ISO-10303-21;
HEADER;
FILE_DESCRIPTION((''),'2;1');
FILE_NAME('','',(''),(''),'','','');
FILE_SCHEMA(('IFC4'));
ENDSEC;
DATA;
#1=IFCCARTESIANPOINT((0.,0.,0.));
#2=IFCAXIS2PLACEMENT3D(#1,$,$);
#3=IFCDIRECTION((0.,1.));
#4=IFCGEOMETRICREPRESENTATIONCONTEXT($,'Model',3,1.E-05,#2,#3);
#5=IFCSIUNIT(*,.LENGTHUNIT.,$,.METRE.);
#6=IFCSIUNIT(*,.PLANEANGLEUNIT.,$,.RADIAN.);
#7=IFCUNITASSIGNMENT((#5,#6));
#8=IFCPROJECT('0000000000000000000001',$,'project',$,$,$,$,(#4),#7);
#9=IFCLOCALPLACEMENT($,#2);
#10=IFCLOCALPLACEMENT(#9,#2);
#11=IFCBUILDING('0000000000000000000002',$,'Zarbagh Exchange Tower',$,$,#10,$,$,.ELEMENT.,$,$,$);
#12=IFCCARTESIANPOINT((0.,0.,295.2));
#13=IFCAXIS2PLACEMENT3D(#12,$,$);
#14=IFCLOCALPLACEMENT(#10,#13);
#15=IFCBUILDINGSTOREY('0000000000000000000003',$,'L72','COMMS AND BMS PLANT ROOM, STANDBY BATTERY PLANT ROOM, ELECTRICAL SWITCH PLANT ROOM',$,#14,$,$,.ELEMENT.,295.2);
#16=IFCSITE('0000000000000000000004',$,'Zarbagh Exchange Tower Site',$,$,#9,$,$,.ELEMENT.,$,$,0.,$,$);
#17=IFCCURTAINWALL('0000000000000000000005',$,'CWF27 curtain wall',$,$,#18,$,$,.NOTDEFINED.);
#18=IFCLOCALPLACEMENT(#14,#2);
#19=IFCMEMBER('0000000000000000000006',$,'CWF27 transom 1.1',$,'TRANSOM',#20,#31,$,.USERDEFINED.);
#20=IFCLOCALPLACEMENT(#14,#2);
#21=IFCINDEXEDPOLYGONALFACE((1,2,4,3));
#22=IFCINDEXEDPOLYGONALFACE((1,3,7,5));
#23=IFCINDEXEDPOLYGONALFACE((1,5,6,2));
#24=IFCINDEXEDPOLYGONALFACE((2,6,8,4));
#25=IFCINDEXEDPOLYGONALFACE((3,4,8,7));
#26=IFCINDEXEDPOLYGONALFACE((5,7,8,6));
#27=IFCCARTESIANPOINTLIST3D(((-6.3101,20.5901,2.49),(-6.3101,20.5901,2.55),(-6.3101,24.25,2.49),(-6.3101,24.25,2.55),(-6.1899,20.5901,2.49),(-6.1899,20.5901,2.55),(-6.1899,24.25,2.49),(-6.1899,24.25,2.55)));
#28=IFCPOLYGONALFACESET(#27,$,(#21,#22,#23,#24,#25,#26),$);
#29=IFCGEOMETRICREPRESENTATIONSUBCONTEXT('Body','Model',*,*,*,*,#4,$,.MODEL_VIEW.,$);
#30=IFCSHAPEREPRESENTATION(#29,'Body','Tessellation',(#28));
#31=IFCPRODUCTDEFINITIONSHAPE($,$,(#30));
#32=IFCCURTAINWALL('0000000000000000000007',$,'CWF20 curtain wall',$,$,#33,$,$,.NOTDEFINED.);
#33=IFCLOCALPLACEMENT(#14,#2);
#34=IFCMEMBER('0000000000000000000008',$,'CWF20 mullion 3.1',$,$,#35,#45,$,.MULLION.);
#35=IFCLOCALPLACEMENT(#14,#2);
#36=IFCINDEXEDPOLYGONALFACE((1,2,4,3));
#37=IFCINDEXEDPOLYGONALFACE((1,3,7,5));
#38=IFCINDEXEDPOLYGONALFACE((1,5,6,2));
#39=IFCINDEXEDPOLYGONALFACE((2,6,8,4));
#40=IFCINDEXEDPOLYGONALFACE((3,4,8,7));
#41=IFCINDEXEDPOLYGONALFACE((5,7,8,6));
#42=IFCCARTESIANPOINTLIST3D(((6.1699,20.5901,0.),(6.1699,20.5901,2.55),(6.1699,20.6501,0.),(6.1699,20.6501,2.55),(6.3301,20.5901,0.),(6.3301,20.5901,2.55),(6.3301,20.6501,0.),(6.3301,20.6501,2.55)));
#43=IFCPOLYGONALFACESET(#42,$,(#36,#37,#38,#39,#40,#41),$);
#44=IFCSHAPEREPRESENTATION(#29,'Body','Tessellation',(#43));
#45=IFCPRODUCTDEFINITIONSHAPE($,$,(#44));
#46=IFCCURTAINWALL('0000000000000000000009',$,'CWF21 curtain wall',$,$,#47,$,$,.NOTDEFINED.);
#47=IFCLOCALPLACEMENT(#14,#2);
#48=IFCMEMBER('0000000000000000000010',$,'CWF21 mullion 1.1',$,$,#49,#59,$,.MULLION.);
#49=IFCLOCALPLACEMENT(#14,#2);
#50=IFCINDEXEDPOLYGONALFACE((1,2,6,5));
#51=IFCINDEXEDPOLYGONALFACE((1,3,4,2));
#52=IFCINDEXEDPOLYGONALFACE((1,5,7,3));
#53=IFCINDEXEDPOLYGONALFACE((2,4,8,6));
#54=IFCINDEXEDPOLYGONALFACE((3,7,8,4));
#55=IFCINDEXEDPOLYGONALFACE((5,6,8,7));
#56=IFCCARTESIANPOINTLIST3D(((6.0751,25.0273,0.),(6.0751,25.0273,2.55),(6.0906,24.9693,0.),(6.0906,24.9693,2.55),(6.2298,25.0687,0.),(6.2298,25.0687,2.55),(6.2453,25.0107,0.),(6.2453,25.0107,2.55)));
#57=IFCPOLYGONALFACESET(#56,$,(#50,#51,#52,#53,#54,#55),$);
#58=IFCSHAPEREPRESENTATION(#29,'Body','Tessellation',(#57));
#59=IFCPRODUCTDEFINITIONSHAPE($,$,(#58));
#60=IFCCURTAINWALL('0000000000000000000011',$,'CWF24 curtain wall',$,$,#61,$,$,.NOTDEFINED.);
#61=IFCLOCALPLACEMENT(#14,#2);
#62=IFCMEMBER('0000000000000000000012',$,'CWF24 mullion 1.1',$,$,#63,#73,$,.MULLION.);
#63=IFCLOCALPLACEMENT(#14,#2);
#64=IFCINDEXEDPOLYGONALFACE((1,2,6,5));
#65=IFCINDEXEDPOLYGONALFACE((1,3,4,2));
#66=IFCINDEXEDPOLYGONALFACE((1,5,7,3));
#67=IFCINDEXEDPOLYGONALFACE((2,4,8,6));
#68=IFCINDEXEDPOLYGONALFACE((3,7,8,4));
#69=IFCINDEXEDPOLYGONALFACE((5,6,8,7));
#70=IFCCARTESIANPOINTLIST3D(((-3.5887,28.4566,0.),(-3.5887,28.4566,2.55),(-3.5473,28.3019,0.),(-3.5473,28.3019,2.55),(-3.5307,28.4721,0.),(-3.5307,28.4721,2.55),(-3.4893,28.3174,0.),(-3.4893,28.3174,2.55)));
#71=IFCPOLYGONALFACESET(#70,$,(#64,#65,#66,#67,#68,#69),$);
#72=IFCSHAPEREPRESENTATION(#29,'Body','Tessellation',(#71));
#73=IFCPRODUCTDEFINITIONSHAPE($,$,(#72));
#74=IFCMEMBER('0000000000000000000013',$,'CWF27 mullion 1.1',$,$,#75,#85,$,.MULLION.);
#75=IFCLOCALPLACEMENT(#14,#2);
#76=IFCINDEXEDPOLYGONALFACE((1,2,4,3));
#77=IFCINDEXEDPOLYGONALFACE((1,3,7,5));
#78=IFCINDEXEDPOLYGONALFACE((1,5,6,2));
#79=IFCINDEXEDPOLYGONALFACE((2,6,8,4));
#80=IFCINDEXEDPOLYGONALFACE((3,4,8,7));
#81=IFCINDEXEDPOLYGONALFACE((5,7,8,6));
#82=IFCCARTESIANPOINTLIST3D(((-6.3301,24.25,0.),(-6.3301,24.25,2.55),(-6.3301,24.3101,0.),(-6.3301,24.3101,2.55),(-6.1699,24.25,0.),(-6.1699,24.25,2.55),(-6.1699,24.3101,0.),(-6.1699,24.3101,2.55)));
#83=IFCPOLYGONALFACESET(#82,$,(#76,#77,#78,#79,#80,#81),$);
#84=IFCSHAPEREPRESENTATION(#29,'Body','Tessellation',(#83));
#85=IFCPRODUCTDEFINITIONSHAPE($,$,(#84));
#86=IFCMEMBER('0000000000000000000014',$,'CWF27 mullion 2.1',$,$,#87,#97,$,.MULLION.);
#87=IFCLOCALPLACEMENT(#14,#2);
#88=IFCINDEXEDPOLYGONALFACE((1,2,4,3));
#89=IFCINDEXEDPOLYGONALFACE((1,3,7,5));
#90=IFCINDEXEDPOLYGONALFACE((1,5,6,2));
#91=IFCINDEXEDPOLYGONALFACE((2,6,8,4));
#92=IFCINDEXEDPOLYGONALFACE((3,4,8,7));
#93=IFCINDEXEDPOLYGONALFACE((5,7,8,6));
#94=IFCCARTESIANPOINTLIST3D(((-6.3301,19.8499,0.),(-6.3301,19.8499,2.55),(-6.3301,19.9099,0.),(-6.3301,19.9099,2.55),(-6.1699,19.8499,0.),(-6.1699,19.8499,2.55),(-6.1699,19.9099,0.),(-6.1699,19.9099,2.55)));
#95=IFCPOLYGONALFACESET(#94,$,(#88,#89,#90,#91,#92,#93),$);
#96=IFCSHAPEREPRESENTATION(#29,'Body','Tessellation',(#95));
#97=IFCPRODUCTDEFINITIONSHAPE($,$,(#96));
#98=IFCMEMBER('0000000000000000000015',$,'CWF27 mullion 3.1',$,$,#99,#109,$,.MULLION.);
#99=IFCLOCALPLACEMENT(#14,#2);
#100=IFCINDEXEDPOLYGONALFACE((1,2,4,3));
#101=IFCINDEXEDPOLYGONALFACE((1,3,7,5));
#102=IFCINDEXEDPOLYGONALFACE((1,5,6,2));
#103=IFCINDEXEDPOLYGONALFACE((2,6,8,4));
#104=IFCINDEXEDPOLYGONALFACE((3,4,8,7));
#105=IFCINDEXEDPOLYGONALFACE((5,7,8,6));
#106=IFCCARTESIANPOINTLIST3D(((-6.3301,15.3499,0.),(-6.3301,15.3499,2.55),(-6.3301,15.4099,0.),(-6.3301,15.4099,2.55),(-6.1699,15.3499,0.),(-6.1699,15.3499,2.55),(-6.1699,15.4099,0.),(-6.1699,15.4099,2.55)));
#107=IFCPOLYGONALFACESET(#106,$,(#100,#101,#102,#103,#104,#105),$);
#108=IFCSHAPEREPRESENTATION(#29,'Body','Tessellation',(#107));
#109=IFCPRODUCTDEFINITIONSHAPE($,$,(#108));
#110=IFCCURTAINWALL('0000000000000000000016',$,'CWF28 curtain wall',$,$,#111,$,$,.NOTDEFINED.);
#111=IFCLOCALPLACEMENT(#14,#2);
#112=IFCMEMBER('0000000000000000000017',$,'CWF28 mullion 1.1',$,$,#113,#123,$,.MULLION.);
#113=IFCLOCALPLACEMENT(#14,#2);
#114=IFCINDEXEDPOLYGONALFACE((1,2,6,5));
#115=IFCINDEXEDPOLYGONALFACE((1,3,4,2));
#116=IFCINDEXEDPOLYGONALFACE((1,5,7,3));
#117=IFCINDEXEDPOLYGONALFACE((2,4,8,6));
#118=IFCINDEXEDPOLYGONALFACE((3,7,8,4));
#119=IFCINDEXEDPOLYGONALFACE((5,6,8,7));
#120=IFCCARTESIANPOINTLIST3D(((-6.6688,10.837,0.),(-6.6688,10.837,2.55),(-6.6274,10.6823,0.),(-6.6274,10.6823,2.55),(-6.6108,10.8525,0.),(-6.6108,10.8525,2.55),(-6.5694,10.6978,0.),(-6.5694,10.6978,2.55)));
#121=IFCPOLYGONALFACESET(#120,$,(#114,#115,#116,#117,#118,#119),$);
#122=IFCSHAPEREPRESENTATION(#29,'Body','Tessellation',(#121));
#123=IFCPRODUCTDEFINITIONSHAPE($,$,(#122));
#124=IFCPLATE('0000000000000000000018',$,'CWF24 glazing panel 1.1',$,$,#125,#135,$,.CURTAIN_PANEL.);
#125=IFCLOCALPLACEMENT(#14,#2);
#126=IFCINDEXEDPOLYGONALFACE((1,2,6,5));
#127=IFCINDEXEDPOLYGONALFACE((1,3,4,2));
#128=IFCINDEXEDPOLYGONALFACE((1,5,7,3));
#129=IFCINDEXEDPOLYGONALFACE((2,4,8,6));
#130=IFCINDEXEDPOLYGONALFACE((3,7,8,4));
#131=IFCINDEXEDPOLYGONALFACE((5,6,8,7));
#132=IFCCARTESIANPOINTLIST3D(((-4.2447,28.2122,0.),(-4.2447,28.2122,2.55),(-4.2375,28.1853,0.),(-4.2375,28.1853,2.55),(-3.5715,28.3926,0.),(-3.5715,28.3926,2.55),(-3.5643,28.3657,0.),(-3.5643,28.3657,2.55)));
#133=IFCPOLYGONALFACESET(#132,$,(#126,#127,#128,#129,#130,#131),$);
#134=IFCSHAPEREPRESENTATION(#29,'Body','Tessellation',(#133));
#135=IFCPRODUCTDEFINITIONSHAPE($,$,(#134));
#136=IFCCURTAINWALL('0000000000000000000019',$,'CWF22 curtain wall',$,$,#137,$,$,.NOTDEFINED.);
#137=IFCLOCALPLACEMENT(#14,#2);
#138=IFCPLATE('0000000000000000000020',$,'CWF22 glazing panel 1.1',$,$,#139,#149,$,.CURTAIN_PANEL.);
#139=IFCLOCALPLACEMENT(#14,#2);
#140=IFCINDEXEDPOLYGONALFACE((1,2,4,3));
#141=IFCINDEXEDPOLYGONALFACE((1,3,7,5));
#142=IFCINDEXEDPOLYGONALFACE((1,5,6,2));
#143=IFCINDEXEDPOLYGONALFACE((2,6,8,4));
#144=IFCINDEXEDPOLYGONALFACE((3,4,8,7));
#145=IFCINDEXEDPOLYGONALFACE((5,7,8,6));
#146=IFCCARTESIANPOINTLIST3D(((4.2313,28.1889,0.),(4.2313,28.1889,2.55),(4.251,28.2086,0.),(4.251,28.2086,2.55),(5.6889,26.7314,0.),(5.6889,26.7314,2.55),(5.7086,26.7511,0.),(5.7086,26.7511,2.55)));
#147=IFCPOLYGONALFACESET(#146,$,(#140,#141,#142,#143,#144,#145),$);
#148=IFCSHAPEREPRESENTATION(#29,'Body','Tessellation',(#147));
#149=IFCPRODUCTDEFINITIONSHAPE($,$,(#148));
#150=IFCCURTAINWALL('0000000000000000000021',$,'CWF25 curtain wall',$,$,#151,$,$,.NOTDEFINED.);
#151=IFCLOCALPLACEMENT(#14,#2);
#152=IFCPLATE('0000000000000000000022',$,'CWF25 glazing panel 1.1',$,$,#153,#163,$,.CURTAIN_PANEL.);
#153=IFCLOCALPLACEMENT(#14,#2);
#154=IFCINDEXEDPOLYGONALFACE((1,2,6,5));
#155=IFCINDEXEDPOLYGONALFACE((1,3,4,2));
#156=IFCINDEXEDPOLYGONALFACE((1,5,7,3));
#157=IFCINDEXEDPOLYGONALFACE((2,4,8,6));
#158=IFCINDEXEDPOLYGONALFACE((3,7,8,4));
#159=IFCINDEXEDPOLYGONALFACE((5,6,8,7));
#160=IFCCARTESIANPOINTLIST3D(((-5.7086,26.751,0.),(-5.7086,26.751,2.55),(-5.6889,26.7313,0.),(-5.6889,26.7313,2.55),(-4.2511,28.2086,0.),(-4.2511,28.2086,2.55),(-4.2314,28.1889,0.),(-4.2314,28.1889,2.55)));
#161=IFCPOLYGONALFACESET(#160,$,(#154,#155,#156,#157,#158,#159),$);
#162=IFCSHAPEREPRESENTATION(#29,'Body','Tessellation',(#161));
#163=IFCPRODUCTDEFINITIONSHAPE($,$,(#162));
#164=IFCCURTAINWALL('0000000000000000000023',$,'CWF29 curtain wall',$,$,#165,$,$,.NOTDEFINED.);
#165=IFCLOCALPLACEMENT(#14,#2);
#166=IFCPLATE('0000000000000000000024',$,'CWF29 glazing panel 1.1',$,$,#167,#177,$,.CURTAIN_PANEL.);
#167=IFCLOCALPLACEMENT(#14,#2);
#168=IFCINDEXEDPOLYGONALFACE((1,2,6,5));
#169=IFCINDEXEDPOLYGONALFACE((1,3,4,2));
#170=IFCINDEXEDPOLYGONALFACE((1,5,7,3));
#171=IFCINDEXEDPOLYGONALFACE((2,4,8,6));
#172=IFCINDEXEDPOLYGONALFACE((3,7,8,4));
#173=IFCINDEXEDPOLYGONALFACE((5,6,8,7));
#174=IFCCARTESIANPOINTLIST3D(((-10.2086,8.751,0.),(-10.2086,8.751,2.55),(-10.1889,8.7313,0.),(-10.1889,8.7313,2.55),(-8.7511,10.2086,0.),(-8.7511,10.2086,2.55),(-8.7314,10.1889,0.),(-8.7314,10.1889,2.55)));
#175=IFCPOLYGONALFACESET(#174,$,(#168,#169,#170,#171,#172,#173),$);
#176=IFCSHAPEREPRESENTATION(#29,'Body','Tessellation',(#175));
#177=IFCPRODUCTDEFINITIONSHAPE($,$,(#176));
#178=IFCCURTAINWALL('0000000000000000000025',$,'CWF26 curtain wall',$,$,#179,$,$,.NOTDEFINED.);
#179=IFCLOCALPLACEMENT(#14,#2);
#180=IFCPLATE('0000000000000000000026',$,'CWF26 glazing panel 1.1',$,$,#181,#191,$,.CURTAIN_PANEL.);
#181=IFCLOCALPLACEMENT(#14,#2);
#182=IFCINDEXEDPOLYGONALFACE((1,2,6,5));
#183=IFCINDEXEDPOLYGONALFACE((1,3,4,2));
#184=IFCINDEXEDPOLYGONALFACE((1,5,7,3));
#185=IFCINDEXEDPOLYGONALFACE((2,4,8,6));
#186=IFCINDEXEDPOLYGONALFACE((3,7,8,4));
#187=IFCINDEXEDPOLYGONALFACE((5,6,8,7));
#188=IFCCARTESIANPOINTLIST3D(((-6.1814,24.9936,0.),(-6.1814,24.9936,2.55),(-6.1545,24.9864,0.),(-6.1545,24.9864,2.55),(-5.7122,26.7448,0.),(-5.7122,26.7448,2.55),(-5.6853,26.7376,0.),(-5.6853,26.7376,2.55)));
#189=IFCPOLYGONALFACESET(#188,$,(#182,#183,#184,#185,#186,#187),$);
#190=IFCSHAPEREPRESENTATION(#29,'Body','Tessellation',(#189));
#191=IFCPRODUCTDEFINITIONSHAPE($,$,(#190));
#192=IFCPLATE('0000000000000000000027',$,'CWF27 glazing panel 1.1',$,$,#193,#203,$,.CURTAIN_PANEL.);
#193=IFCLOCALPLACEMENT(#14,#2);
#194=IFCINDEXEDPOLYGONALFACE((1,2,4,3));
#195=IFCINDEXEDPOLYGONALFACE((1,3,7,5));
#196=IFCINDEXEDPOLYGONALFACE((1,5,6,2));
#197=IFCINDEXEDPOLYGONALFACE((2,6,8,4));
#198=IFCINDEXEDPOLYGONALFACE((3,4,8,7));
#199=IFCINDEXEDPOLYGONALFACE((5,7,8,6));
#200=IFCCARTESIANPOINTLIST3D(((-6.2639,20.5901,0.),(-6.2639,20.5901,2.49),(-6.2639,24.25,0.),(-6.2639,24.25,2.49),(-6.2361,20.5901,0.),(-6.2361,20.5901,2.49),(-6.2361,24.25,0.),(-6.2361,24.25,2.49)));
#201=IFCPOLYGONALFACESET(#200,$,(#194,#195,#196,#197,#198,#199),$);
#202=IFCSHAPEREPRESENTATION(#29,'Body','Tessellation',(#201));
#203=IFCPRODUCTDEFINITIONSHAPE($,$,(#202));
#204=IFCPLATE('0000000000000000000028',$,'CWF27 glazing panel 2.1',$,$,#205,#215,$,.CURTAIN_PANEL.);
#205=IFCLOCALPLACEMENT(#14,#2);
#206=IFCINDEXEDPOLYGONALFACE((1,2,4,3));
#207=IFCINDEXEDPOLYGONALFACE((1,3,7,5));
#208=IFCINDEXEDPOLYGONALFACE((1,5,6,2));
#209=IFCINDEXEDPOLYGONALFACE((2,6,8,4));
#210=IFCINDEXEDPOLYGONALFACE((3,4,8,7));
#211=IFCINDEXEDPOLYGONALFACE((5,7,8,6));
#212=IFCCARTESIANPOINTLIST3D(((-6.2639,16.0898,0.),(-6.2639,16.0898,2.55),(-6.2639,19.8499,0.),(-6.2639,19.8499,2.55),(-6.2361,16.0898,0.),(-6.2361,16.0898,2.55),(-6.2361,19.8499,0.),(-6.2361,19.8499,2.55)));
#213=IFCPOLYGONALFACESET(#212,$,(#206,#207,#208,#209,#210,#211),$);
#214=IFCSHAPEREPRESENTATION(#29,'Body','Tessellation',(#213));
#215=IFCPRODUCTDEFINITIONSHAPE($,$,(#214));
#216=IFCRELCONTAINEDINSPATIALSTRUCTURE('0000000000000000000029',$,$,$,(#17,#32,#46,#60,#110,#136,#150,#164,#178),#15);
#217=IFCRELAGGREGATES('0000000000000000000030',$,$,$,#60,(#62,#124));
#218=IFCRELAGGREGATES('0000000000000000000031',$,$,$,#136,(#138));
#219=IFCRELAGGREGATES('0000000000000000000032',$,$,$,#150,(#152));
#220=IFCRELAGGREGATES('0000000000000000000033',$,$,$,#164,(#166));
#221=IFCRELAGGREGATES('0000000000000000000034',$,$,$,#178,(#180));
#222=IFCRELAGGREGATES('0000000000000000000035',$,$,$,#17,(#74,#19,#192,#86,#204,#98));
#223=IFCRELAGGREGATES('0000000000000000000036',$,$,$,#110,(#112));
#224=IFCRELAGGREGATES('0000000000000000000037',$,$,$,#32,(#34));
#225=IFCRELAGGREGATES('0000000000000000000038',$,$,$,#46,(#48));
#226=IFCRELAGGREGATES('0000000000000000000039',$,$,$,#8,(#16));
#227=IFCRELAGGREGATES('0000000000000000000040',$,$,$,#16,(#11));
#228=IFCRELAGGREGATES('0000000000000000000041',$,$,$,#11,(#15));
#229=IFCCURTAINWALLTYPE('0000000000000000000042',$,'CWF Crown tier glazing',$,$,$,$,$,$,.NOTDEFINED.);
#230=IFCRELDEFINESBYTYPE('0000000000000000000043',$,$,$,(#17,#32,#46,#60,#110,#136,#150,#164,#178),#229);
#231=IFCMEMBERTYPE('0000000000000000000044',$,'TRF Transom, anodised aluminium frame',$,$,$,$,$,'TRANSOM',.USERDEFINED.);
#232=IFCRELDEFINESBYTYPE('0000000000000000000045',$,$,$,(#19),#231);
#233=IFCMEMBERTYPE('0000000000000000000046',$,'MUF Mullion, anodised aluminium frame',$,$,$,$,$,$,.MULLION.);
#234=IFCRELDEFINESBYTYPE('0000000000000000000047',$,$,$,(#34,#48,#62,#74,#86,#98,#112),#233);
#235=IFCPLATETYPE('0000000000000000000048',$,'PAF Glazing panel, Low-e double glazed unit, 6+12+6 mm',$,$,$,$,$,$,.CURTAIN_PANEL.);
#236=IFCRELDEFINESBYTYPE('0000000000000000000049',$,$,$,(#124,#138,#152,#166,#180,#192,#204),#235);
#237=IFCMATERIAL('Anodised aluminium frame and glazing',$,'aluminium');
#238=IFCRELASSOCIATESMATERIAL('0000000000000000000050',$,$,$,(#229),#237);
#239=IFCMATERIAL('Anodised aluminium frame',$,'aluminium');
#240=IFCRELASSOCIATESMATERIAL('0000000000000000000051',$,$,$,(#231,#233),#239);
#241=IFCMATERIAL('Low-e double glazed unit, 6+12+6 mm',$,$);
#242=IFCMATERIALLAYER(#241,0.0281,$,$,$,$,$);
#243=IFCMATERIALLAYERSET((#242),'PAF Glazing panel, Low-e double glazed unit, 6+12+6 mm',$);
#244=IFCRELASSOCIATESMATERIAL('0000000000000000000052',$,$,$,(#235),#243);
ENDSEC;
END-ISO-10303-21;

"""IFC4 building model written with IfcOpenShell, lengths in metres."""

from ifc_helpers import new_model, si_unit, direction, frame, origin, place, context, subcontext, project, spatial, polyline, outline, extrude, source, transform, mapped, material, layer, layer_set, type_object, element, aggregate, save


model = new_model("IFC4")

# Units and contexts
model_context = context("Model", 3, precision=1e-05, world=origin(), true_north=direction((0.0, 1.0)))
body_context = subcontext(model_context, "Body", "Model", "MODEL_VIEW")
ifc_project = project(units=[si_unit("LENGTHUNIT", "METRE"), si_unit("PLANEANGLEUNIT", "RADIAN")], contexts=[model_context])

# Site, building, storey
site_placement = place(None, origin())
site = spatial("IfcSite", under=ifc_project, at=site_placement, Name="Zarbagh Exchange Tower Site", CompositionType="ELEMENT", RefElevation=0.0)
building_placement = place(site_placement, origin())
building = spatial("IfcBuilding", under=site, at=building_placement, Name="Zarbagh Exchange Tower", CompositionType="ELEMENT")
storey_placement = place(building_placement, frame((0.0, 0.0, 295.2)))
storey = spatial("IfcBuildingStorey", under=building, at=storey_placement, Name="L72", Description="COMMS AND BMS PLANT ROOM, STANDBY BATTERY PLANT ROOM, ELECTRICAL SWITCH PLANT ROOM", CompositionType="ELEMENT", Elevation=295.2)

# Curtain walls, members
ifc_material_1 = material(Name="Anodised aluminium frame and glazing", Category="aluminium")
curtain_wall_type = type_object("IfcCurtainWallType", Name="CWF Crown tier glazing", PredefinedType="NOTDEFINED", material=ifc_material_1)
curtain_wall_1_placement = place(storey_placement, origin())
curtain_wall_1 = element("IfcCurtainWall", 1, at=curtain_wall_1_placement, inside=storey, type_object=curtain_wall_type, Name="CWF27 curtain wall", PredefinedType="NOTDEFINED")
ifc_material_2 = material(Name="Anodised aluminium frame", Category="aluminium")
member_type_1 = type_object("IfcMemberType", Name="TRF Transom, anodised aluminium frame", ElementType="TRANSOM", PredefinedType="USERDEFINED", material=ifc_material_2)
shared_shape_1 = source(origin(), body_context, "Body", "SweptSolid", [
    extrude(outline(polyline([(-0.0601, -0.0601), (0.0, -0.0601), (0.0, 0.0601), (-0.0601, 0.0601), (-0.0601, -0.0601)])), origin(), (0.0, 0.0, 1.0), 3.6599),
])
placement = place(storey_placement, origin())
member_1 = element("IfcMember", 2, at=placement, type_object=member_type_1, Name="CWF27 transom 1.1", ObjectType="TRANSOM", PredefinedType="USERDEFINED", context=body_context, shape_type="MappedRepresentation", body=[
    mapped(shared_shape_1, transform((-6.25, 24.25, 2.55), x_axis=(0.0, 0.0, 1.0), y_axis=(-1.0, 0.0, 0.0), z_axis=(0.0, -1.0, 0.0))),
])
curtain_wall_2_placement = place(storey_placement, origin())
curtain_wall_2 = element("IfcCurtainWall", 3, at=curtain_wall_2_placement, inside=storey, type_object=curtain_wall_type, Name="CWF20 curtain wall", PredefinedType="NOTDEFINED")
member_type_2 = type_object("IfcMemberType", Name="MUF Mullion, anodised aluminium frame", PredefinedType="MULLION", material=ifc_material_2)
shared_shape_2 = source(origin(), body_context, "Body", "SweptSolid", [
    extrude(outline(polyline([(0.0, -0.0801), (0.0601, -0.0801), (0.0601, 0.0801), (0.0, 0.0801), (0.0, -0.0801)])), origin(), (0.0, 0.0, 1.0), 2.55),
])
member_2 = element("IfcMember", 4, at=placement, type_object=member_type_2, Name="CWF20 mullion 3.1", PredefinedType="MULLION", context=body_context, shape_type="MappedRepresentation", body=[
    mapped(shared_shape_2, transform((6.25, 20.5901, 0.0), x_axis=(0.0, 1.0, 0.0), y_axis=(-1.0, 0.0, 0.0), z_axis=(0.0, 0.0, 1.0))),
])
curtain_wall_3_placement = place(storey_placement, origin())
curtain_wall_3 = element("IfcCurtainWall", 5, at=curtain_wall_3_placement, inside=storey, type_object=curtain_wall_type, Name="CWF21 curtain wall", PredefinedType="NOTDEFINED")
member_3 = element("IfcMember", 6, at=placement, type_object=member_type_2, Name="CWF21 mullion 1.1", PredefinedType="MULLION", context=body_context, shape_type="MappedRepresentation", body=[
    mapped(shared_shape_2, transform((6.168, 24.99, 0.0), x_axis=(-0.258825, 0.965924, 0.0), y_axis=(-0.965924, -0.258825, 0.0), z_axis=(0.0, 0.0, 1.0))),
])
curtain_wall_4_placement = place(storey_placement, origin())
curtain_wall_4 = element("IfcCurtainWall", 7, at=curtain_wall_4_placement, inside=storey, type_object=curtain_wall_type, Name="CWF24 curtain wall", PredefinedType="NOTDEFINED")
member_4 = element("IfcMember", 8, at=placement, type_object=member_type_2, Name="CWF24 mullion 1.1", PredefinedType="MULLION", context=body_context, shape_type="MappedRepresentation", body=[
    mapped(shared_shape_2, transform((-3.51, 28.3948, 0.0), x_axis=(-0.965924, -0.258825, 0.0), y_axis=(0.258825, -0.965924, 0.0), z_axis=(0.0, 0.0, 1.0))),
])

# Members
member_5 = element("IfcMember", 9, at=placement, type_object=member_type_2, Name="CWF27 mullion 1.1", PredefinedType="MULLION", context=body_context, shape_type="MappedRepresentation", body=[
    mapped(shared_shape_2, transform((-6.25, 24.3101, 0.0), x_axis=(0.0, -1.0, 0.0), y_axis=(1.0, 0.0, 0.0), z_axis=(0.0, 0.0, 1.0))),
])
member_6 = element("IfcMember", 10, at=placement, type_object=member_type_2, Name="CWF27 mullion 2.1", PredefinedType="MULLION", context=body_context, shape_type="MappedRepresentation", body=[
    mapped(shared_shape_2, transform((-6.25, 19.9099, 0.0), x_axis=(0.0, -1.0, 0.0), y_axis=(1.0, 0.0, 0.0), z_axis=(0.0, 0.0, 1.0))),
])
member_7 = element("IfcMember", 11, at=placement, type_object=member_type_2, Name="CWF27 mullion 3.1", PredefinedType="MULLION", context=body_context, shape_type="MappedRepresentation", body=[
    mapped(shared_shape_2, transform((-6.25, 15.4099, 0.0), x_axis=(0.0, -1.0, 0.0), y_axis=(1.0, 0.0, 0.0), z_axis=(0.0, 0.0, 1.0))),
])

# Curtain wall, member
curtain_wall_5_placement = place(storey_placement, origin())
curtain_wall_5 = element("IfcCurtainWall", 12, at=curtain_wall_5_placement, inside=storey, type_object=curtain_wall_type, Name="CWF28 curtain wall", PredefinedType="NOTDEFINED")
member_8 = element("IfcMember", 13, at=placement, type_object=member_type_2, Name="CWF28 mullion 1.1", PredefinedType="MULLION", context=body_context, shape_type="MappedRepresentation", body=[
    mapped(shared_shape_2, transform((-6.5901, 10.7751, 0.0), x_axis=(-0.965924, -0.258825, 0.0), y_axis=(0.258825, -0.965924, 0.0), z_axis=(0.0, 0.0, 1.0))),
])

# Plate
ifc_material_3 = material(Name="Low-e double glazed unit, 6+12+6 mm")
ifc_layer = layer(ifc_material_3, 0.0281)
ifc_layer_set = layer_set([ifc_layer], Name="PAF Glazing panel, Low-e double glazed unit, 6+12+6 mm")
plate_type = type_object("IfcPlateType", Name="PAF Glazing panel, Low-e double glazed unit, 6+12+6 mm", PredefinedType="CURTAIN_PANEL", material=ifc_layer_set)
shared_shape_3 = source(origin(), body_context, "Body", "SweptSolid", [
    extrude(outline(polyline([(0.0, -0.0139), (0.697, -0.0139), (0.697, 0.0139), (0.0, 0.0139), (0.0, -0.0139)])), origin(), (0.0, 0.0, 1.0), 2.55),
])
plate_1 = element("IfcPlate", 14, at=placement, type_object=plate_type, Name="CWF24 glazing panel 1.1", PredefinedType="CURTAIN_PANEL", context=body_context, shape_type="MappedRepresentation", body=[
    mapped(shared_shape_3, transform((-3.5679, 28.3792, 0.0), x_axis=(-0.965924, -0.258825, 0.0), y_axis=(0.258825, -0.965924, 0.0), z_axis=(0.0, 0.0, 1.0))),
])
aggregate(curtain_wall_4, [member_4, plate_1])

# Curtain walls, plates
curtain_wall_6_placement = place(storey_placement, origin())
curtain_wall_6 = element("IfcCurtainWall", 15, at=curtain_wall_6_placement, inside=storey, type_object=curtain_wall_type, Name="CWF22 curtain wall", PredefinedType="NOTDEFINED")
shared_shape_4 = source(origin(), body_context, "Body", "SweptSolid", [
    extrude(outline(polyline([(0.0, -0.0139), (2.0613, -0.0139), (2.0613, 0.0139), (0.0, 0.0139), (0.0, -0.0139)])), origin(), (0.0, 0.0, 1.0), 2.55),
])
plate_2 = element("IfcPlate", 16, at=placement, type_object=plate_type, Name="CWF22 glazing panel 1.1", PredefinedType="CURTAIN_PANEL", context=body_context, shape_type="MappedRepresentation", body=[
    mapped(shared_shape_4, transform((5.6987, 26.7412, 0.0), x_axis=(-0.707107, 0.707107, 0.0), y_axis=(-0.707107, -0.707107, 0.0), z_axis=(0.0, 0.0, 1.0))),
])
aggregate(curtain_wall_6, [plate_2])
curtain_wall_7_placement = place(storey_placement, origin())
curtain_wall_7 = element("IfcCurtainWall", 17, at=curtain_wall_7_placement, inside=storey, type_object=curtain_wall_type, Name="CWF25 curtain wall", PredefinedType="NOTDEFINED")
plate_3 = element("IfcPlate", 18, at=placement, type_object=plate_type, Name="CWF25 glazing panel 1.1", PredefinedType="CURTAIN_PANEL", context=body_context, shape_type="MappedRepresentation", body=[
    mapped(shared_shape_4, transform((-4.2412, 28.1987, 0.0), x_axis=(-0.707107, -0.707107, 0.0), y_axis=(0.707107, -0.707107, 0.0), z_axis=(0.0, 0.0, 1.0))),
])
aggregate(curtain_wall_7, [plate_3])
curtain_wall_8_placement = place(storey_placement, origin())
curtain_wall_8 = element("IfcCurtainWall", 19, at=curtain_wall_8_placement, inside=storey, type_object=curtain_wall_type, Name="CWF29 curtain wall", PredefinedType="NOTDEFINED")
plate_4 = element("IfcPlate", 20, at=placement, type_object=plate_type, Name="CWF29 glazing panel 1.1", PredefinedType="CURTAIN_PANEL", context=body_context, shape_type="MappedRepresentation", body=[
    mapped(shared_shape_4, transform((-8.7412, 10.1987, 0.0), x_axis=(-0.707107, -0.707107, 0.0), y_axis=(0.707107, -0.707107, 0.0), z_axis=(0.0, 0.0, 1.0))),
])
aggregate(curtain_wall_8, [plate_4])
curtain_wall_9_placement = place(storey_placement, origin())
curtain_wall_9 = element("IfcCurtainWall", 21, at=curtain_wall_9_placement, inside=storey, type_object=curtain_wall_type, Name="CWF26 curtain wall", PredefinedType="NOTDEFINED")
shared_shape_5 = source(origin(), body_context, "Body", "SweptSolid", [
    extrude(outline(polyline([(0.0, -0.0139), (1.813, -0.0139), (1.813, 0.0139), (0.0, 0.0139), (0.0, -0.0139)])), origin(), (0.0, 0.0, 1.0), 2.55),
])
plate_5 = element("IfcPlate", 22, at=placement, type_object=plate_type, Name="CWF26 glazing panel 1.1", PredefinedType="CURTAIN_PANEL", context=body_context, shape_type="MappedRepresentation", body=[
    mapped(shared_shape_5, transform((-5.6987, 26.7412, 0.0), x_axis=(-0.258825, -0.965924, 0.0), y_axis=(0.965924, -0.258825, 0.0), z_axis=(0.0, 0.0, 1.0))),
])
aggregate(curtain_wall_9, [plate_5])

# Plates
shared_shape_6 = source(origin(), body_context, "Body", "SweptSolid", [
    extrude(outline(polyline([(0.0, -0.0139), (3.6599, -0.0139), (3.6599, 0.0139), (0.0, 0.0139), (0.0, -0.0139)])), origin(), (0.0, 0.0, 1.0), 2.49),
])
plate_6 = element("IfcPlate", 23, at=placement, type_object=plate_type, Name="CWF27 glazing panel 1.1", PredefinedType="CURTAIN_PANEL", context=body_context, shape_type="MappedRepresentation", body=[
    mapped(shared_shape_6, transform((-6.25, 24.25, 0.0), x_axis=(0.0, -1.0, 0.0), y_axis=(1.0, 0.0, 0.0), z_axis=(0.0, 0.0, 1.0))),
])
shared_shape_7 = source(origin(), body_context, "Body", "SweptSolid", [
    extrude(outline(polyline([(0.0, -0.0139), (3.76, -0.0139), (3.76, 0.0139), (0.0, 0.0139), (0.0, -0.0139)])), origin(), (0.0, 0.0, 1.0), 2.55),
])
plate_7 = element("IfcPlate", 24, at=placement, type_object=plate_type, Name="CWF27 glazing panel 2.1", PredefinedType="CURTAIN_PANEL", context=body_context, shape_type="MappedRepresentation", body=[
    mapped(shared_shape_7, transform((-6.25, 19.8499, 0.0), x_axis=(0.0, -1.0, 0.0), y_axis=(1.0, 0.0, 0.0), z_axis=(0.0, 0.0, 1.0))),
])
aggregate(curtain_wall_1, [member_5, member_1, plate_6, member_6, plate_7, member_7])
aggregate(curtain_wall_5, [member_8])

aggregate(curtain_wall_2, [member_2])
aggregate(curtain_wall_3, [member_3])

save(model, "model.ifc")
